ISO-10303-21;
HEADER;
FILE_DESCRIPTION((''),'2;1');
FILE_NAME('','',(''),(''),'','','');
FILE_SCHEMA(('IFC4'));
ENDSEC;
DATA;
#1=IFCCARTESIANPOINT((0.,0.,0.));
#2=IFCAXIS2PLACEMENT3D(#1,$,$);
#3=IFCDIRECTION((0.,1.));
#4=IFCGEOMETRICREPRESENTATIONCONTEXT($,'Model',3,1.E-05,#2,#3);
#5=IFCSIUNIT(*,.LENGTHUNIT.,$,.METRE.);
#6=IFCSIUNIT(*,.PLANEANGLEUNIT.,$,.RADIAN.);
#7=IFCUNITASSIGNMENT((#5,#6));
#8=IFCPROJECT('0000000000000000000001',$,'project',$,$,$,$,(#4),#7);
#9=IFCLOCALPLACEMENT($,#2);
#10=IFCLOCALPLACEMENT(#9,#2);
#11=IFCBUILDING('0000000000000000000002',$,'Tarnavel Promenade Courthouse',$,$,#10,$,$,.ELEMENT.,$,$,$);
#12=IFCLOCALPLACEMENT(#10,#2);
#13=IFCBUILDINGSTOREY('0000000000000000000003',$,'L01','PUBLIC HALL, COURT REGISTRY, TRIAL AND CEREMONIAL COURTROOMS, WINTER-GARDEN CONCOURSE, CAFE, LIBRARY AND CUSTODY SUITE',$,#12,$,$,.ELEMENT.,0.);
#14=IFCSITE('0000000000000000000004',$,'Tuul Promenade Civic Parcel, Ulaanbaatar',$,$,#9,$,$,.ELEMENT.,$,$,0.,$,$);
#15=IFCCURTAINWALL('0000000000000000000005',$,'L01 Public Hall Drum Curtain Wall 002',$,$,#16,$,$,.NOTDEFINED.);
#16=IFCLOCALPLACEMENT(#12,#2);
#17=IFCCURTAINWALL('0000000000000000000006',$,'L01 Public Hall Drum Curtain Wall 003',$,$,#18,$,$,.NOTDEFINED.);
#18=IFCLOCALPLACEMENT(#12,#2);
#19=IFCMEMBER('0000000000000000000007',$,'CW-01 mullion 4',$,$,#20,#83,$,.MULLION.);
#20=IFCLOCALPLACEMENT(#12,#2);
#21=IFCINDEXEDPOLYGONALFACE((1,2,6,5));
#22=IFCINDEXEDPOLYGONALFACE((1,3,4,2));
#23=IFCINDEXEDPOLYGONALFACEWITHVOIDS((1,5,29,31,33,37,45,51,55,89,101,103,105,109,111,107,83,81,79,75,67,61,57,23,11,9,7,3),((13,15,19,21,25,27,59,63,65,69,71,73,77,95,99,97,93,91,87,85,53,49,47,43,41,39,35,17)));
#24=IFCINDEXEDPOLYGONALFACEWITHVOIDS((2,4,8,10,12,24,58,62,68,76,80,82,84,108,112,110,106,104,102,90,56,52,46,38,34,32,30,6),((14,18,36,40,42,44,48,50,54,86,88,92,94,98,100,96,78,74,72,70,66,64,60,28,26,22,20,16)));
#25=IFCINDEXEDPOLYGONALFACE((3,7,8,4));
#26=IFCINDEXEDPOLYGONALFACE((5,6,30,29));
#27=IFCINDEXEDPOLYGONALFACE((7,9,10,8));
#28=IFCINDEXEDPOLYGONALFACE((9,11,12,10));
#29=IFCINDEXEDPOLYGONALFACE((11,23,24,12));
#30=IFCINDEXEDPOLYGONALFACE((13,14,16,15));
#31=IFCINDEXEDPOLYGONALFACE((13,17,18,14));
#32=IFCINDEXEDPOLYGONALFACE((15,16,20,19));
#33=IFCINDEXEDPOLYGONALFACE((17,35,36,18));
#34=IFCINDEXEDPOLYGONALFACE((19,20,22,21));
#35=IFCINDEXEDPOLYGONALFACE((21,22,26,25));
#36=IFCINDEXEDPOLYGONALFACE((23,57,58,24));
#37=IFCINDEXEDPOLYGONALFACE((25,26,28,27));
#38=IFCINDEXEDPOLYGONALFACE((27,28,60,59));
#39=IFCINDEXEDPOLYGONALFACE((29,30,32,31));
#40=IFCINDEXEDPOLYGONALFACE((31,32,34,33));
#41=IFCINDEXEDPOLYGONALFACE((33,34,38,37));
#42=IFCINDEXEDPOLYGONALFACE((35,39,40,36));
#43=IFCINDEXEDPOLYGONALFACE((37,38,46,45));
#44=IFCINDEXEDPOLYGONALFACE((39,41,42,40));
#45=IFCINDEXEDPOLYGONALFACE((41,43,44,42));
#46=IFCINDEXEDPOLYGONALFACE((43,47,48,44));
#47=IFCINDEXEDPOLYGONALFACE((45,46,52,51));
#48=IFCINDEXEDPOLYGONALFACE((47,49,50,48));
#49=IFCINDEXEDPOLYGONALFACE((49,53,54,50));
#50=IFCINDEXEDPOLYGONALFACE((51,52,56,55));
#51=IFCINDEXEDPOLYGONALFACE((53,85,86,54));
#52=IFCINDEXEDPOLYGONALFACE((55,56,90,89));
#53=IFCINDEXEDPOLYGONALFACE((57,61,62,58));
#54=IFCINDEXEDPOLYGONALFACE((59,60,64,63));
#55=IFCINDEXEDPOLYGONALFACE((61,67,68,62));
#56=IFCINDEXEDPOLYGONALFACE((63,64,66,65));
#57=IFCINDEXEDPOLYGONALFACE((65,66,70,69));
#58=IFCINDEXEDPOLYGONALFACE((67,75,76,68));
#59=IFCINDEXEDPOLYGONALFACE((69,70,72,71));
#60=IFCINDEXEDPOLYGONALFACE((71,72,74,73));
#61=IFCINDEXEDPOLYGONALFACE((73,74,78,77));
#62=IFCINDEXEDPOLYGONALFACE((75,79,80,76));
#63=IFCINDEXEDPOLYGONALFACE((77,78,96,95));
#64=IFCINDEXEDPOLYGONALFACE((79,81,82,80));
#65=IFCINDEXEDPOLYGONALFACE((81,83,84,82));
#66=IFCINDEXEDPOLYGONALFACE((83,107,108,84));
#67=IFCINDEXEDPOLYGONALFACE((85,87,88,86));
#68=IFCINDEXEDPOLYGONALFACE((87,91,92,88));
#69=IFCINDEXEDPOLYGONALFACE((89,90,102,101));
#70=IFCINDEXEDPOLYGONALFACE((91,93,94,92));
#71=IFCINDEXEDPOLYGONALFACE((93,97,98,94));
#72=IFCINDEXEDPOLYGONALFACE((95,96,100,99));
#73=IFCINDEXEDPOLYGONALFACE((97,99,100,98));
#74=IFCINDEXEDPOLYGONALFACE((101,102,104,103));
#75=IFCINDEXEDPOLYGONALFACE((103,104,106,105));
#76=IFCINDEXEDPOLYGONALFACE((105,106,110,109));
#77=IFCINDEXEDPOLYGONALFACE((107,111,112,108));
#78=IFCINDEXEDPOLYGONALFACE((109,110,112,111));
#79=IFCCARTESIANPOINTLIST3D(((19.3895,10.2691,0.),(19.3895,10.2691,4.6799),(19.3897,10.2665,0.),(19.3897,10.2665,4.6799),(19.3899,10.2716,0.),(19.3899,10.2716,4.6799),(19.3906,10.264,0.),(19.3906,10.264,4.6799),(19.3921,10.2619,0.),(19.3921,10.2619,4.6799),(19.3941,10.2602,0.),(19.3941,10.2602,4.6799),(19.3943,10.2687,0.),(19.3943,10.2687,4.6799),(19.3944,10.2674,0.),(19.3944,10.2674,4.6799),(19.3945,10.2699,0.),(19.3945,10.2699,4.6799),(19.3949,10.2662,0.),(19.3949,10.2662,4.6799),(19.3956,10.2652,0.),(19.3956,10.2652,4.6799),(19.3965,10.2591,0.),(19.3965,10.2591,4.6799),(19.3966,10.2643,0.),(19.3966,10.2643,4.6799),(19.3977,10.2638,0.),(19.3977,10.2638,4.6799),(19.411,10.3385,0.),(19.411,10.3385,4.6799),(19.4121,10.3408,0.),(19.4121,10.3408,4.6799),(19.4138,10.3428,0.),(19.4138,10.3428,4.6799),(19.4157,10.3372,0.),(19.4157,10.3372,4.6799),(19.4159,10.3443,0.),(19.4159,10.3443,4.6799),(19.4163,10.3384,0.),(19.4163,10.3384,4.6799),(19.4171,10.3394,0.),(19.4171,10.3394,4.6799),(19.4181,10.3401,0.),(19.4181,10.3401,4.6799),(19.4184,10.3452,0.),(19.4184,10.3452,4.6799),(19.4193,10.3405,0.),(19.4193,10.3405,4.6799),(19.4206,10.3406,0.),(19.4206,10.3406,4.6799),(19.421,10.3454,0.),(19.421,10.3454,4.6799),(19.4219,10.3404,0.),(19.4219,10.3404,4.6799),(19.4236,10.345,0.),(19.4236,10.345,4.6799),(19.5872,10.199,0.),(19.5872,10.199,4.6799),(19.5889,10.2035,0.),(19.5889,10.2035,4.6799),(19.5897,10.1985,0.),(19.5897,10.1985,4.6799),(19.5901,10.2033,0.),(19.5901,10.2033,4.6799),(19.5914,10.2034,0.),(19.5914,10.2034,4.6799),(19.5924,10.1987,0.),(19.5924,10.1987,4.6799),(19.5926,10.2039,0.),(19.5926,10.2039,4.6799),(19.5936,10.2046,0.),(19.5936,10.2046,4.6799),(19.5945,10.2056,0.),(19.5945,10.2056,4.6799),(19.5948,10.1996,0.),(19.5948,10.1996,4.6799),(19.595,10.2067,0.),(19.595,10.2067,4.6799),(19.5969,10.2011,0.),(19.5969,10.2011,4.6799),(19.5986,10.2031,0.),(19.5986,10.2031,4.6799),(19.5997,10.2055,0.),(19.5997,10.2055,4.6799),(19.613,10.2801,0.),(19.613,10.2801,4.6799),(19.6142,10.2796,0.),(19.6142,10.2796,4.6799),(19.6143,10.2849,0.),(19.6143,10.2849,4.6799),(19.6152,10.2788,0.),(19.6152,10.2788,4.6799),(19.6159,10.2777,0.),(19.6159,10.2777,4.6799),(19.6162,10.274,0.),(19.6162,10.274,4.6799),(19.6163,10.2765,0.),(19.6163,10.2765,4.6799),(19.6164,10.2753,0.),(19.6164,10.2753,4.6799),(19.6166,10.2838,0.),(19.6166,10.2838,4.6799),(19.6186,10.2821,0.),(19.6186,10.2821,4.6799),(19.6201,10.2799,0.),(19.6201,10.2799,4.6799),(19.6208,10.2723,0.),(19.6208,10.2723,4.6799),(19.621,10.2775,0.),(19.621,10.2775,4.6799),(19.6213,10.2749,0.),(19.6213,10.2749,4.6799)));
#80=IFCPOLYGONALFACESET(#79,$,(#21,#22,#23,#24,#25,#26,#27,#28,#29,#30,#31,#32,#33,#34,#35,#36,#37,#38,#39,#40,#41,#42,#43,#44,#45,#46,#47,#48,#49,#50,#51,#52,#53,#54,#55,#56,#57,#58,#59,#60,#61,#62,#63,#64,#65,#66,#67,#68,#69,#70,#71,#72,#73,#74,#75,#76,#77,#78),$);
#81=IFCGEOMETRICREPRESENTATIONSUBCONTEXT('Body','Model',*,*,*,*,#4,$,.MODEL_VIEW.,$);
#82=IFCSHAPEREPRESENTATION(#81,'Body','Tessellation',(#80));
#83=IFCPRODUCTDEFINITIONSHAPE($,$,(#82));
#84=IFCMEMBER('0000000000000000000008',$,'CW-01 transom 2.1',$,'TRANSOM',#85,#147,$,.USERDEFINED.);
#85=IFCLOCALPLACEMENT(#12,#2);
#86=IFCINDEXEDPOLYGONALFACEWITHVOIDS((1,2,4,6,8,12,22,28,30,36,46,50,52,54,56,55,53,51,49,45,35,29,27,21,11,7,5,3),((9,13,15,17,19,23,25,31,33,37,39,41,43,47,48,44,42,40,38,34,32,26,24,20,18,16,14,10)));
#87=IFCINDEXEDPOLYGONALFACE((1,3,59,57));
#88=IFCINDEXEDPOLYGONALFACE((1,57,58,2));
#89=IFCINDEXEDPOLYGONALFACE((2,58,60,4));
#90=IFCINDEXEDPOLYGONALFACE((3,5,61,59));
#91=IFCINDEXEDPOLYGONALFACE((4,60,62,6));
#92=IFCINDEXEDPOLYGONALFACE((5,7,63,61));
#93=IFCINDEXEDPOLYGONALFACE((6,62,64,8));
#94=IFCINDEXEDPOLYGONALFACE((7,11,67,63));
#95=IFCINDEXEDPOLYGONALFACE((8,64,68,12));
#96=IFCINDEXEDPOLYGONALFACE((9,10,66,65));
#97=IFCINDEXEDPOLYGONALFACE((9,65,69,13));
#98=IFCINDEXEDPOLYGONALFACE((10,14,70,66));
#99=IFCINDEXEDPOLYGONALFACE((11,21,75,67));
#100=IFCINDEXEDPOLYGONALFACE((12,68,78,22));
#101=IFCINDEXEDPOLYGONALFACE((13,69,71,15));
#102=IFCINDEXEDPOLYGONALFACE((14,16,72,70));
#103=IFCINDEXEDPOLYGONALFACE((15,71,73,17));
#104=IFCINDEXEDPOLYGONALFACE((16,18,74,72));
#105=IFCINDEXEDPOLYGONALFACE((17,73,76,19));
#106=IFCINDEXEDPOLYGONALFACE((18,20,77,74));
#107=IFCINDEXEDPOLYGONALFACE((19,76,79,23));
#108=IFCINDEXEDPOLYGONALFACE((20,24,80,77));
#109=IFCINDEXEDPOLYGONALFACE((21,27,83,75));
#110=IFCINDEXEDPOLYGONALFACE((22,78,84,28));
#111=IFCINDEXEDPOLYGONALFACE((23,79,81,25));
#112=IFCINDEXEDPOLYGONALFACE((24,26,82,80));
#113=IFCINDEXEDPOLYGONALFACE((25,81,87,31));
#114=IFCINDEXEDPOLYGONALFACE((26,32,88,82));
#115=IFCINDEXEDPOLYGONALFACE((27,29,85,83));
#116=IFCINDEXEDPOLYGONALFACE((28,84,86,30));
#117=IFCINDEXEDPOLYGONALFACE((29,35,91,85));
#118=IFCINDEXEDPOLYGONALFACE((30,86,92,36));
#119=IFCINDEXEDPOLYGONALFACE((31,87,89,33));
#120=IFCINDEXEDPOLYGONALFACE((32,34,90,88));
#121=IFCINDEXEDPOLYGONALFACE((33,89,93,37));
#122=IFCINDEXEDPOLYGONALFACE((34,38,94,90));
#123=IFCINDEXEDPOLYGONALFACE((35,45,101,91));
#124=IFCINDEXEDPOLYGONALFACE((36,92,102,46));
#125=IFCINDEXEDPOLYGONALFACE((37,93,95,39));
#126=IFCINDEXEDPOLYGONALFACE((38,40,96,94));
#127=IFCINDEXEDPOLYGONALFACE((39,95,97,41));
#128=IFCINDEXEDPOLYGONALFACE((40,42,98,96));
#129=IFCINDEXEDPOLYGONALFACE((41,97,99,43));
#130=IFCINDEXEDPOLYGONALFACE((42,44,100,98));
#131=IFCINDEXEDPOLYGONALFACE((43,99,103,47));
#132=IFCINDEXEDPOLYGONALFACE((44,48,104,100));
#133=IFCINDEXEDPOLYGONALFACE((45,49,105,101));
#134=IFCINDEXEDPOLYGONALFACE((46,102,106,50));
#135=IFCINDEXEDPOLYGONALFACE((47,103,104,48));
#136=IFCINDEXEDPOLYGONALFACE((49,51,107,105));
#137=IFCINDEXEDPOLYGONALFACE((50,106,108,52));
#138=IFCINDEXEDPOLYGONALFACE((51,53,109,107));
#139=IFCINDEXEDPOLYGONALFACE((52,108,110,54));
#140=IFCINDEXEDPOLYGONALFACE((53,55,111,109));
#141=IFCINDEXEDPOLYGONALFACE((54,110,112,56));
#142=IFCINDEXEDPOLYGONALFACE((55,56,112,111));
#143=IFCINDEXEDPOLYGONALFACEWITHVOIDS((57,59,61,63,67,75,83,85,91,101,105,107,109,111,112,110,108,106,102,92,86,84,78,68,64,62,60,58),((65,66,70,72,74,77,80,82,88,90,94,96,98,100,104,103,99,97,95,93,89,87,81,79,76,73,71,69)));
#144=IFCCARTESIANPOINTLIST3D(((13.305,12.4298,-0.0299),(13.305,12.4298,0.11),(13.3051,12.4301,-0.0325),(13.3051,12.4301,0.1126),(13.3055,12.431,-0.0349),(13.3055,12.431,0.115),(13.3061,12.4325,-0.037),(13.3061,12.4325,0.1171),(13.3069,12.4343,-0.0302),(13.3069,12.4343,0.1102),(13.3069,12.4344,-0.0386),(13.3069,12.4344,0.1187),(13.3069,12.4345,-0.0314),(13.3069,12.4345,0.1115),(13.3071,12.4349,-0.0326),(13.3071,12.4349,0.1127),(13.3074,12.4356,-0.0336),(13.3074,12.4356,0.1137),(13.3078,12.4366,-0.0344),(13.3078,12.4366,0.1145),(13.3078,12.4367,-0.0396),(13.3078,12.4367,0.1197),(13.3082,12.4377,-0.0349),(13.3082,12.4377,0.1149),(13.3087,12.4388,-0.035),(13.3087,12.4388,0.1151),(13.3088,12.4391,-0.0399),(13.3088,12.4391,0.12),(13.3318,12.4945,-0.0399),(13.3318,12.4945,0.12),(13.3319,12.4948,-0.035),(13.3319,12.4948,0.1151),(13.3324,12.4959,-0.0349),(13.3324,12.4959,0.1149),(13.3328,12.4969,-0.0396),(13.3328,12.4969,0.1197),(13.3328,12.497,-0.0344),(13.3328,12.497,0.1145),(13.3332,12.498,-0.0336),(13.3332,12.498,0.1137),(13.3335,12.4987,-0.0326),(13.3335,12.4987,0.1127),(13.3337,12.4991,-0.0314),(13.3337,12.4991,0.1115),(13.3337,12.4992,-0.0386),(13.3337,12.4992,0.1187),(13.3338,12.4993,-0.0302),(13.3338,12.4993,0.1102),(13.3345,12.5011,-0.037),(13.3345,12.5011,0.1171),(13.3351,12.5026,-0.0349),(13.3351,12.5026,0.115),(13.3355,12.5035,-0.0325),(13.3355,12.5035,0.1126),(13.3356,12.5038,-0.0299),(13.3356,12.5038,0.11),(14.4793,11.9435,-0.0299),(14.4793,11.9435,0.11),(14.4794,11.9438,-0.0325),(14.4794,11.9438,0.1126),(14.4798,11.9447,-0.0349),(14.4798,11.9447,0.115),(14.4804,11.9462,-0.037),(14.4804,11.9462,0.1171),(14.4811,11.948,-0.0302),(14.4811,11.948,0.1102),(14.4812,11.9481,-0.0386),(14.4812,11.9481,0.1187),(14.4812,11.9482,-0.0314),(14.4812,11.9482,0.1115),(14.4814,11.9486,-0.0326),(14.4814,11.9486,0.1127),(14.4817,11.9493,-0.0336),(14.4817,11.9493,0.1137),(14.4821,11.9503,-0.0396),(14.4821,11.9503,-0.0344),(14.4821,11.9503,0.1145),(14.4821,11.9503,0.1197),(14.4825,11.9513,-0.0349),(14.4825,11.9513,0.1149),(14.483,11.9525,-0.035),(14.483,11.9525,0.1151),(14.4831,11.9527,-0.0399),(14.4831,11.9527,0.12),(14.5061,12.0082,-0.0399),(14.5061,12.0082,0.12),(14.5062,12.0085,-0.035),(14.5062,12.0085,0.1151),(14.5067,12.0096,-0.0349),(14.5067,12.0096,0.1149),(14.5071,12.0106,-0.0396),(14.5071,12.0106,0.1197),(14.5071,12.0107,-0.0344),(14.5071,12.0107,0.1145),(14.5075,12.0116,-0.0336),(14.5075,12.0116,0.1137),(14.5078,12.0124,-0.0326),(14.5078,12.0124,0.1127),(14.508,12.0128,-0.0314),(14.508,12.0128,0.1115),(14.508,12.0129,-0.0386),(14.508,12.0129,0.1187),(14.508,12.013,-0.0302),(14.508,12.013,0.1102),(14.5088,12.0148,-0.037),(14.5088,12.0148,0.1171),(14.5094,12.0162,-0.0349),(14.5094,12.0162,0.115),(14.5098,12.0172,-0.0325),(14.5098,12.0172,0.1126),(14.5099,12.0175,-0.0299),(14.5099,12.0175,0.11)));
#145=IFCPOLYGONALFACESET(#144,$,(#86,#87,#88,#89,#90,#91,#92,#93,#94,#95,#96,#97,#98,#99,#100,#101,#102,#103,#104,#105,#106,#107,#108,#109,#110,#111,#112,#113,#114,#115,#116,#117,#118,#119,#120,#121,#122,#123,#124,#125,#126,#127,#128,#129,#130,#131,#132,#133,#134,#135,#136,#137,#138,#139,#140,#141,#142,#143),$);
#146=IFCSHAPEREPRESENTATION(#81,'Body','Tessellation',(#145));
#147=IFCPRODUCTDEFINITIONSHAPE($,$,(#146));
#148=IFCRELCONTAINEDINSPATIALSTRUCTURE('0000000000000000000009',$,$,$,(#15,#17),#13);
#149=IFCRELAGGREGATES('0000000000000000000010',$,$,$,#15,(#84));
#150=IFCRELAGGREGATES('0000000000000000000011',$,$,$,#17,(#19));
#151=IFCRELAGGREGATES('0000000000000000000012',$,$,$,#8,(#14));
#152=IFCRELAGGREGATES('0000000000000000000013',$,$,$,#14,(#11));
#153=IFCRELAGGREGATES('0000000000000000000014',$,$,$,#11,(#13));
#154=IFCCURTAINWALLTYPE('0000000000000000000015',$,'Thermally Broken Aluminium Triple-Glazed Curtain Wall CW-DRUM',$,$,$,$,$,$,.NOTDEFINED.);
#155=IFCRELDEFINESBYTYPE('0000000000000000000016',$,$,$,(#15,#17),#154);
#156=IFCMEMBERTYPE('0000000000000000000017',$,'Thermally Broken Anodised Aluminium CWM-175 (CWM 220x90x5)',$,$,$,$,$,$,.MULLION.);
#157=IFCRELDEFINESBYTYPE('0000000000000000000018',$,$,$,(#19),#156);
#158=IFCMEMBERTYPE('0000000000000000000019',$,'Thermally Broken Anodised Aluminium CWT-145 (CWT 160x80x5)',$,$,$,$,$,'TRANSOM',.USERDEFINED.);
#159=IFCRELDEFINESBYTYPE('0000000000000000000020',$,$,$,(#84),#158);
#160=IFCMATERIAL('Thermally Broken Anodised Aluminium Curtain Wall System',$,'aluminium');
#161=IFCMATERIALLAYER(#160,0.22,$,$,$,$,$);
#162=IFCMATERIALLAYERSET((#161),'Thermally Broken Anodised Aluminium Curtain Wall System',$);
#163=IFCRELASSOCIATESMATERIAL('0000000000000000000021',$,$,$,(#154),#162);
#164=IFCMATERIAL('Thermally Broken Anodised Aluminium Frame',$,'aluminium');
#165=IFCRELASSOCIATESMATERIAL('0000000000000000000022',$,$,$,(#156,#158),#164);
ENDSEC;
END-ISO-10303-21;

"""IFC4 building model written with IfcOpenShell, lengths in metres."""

from ifc_helpers import new_model, si_unit, direction, frame, origin, origin_2d, place, context, subcontext, project, spatial, hollow_rectangle, extrude, material, layer, layer_set, material_profile, profile_set, type_object, element, aggregate, save


model = new_model("IFC4")

# Units and contexts
model_context = context("Model", 3, precision=1e-05, world=origin(), true_north=direction((0.0, 1.0)))
body_context = subcontext(model_context, "Body", "Model", "MODEL_VIEW")
ifc_project = project(units=[si_unit("LENGTHUNIT", "METRE"), si_unit("PLANEANGLEUNIT", "RADIAN")], contexts=[model_context])

# Site, building, storey
site_placement = place(None, origin())
site = spatial("IfcSite", under=ifc_project, at=site_placement, Name="Tuul Promenade Civic Parcel, Ulaanbaatar", CompositionType="ELEMENT", RefElevation=0.0)
building_placement = place(site_placement, origin())
building = spatial("IfcBuilding", under=site, at=building_placement, Name="Tarnavel Promenade Courthouse", CompositionType="ELEMENT")
storey_placement = place(building_placement, origin())
storey = spatial("IfcBuildingStorey", under=building, at=storey_placement, Name="L01", Description="PUBLIC HALL, COURT REGISTRY, TRIAL AND CEREMONIAL COURTROOMS, WINTER-GARDEN CONCOURSE, CAFE, LIBRARY AND CUSTODY SUITE", CompositionType="ELEMENT", Elevation=0.0)

# Curtain walls, member
ifc_material_1 = material(Name="Thermally Broken Anodised Aluminium Curtain Wall System", Category="aluminium")
ifc_layer_1 = layer(ifc_material_1, 0.22)
ifc_layer_set_1 = layer_set([ifc_layer_1], Name="Thermally Broken Anodised Aluminium Curtain Wall System")
curtain_wall_type = type_object("IfcCurtainWallType", Name="Thermally Broken Aluminium Triple-Glazed Curtain Wall CW-DRUM", PredefinedType="NOTDEFINED", material=ifc_layer_set_1)
curtain_wall_1_placement = place(storey_placement, origin())
curtain_wall_1 = element("IfcCurtainWall", 1, at=curtain_wall_1_placement, inside=storey, type_object=curtain_wall_type, Name="L01 Public Hall Drum Curtain Wall 002", PredefinedType="NOTDEFINED")
ifc_material_2 = material(Name="Thermally Broken Anodised Aluminium Frame", Category="aluminium")
ifc_material_profile_1 = material_profile(ifc_material_2, hollow_rectangle(XDim=0.0901, YDim=0.22, WallThickness=0.0049, InnerFilletRadius=0.0049, OuterFilletRadius=0.01, at=origin_2d()), Name="CWM 220x90x5")
ifc_profile_set_1 = profile_set([ifc_material_profile_1], Name="Thermally Broken Anodised Aluminium Frame")
member_type_1 = type_object("IfcMemberType", Name="Thermally Broken Anodised Aluminium CWM-175 (CWM 220x90x5)", PredefinedType="MULLION", material=ifc_profile_set_1)
curtain_wall_2_placement = place(storey_placement, origin())
curtain_wall_2 = element("IfcCurtainWall", 2, at=curtain_wall_2_placement, inside=storey, type_object=curtain_wall_type, Name="L01 Public Hall Drum Curtain Wall 003", PredefinedType="NOTDEFINED")
member_1_placement = place(storey_placement, frame((19.5054, 10.272, 0.0), z_axis=(0.0, 0.0, 1.0), x_axis=(0.300704, 0.953718, 0.0)))
member_1 = element("IfcMember", 3, at=member_1_placement, type_object=member_type_1, Name="CW-01 mullion 4", PredefinedType="MULLION", context=body_context, shape_type="SweptSolid", body=[
    extrude(hollow_rectangle(XDim=0.0901, YDim=0.22, WallThickness=0.0049, InnerFilletRadius=0.0049, OuterFilletRadius=0.01, at=origin_2d()), origin(), (0.0, 0.0, 1.0), 4.6799),
])

# Member
ifc_material_profile_2 = material_profile(ifc_material_2, hollow_rectangle(XDim=0.0801, YDim=0.1599, WallThickness=0.0049, InnerFilletRadius=0.0049, OuterFilletRadius=0.01, at=origin_2d()), Name="CWT 160x80x5")
ifc_profile_set_2 = profile_set([ifc_material_profile_2], Name="Thermally Broken Anodised Aluminium Frame")
member_type_2 = type_object("IfcMemberType", Name="Thermally Broken Anodised Aluminium CWT-145 (CWT 160x80x5)", ElementType="TRANSOM", PredefinedType="USERDEFINED", material=ifc_profile_set_2)
member_2_placement = place(storey_placement, frame((13.3203, 12.4668, 0.04), z_axis=(0.923904, -0.382623, 0.0), x_axis=(0.382623, 0.923904, 0.0)))
member_2 = element("IfcMember", 4, at=member_2_placement, type_object=member_type_2, Name="CW-01 transom 2.1", ObjectType="TRANSOM", PredefinedType="USERDEFINED", context=body_context, shape_type="SweptSolid", body=[
    extrude(hollow_rectangle(XDim=0.0801, YDim=0.1599, WallThickness=0.0049, InnerFilletRadius=0.0049, OuterFilletRadius=0.01, at=origin_2d()), origin(), (0.0, 0.0, 1.0), 1.271),
])

aggregate(curtain_wall_1, [member_2])
aggregate(curtain_wall_2, [member_1])

save(model, "model.ifc")
